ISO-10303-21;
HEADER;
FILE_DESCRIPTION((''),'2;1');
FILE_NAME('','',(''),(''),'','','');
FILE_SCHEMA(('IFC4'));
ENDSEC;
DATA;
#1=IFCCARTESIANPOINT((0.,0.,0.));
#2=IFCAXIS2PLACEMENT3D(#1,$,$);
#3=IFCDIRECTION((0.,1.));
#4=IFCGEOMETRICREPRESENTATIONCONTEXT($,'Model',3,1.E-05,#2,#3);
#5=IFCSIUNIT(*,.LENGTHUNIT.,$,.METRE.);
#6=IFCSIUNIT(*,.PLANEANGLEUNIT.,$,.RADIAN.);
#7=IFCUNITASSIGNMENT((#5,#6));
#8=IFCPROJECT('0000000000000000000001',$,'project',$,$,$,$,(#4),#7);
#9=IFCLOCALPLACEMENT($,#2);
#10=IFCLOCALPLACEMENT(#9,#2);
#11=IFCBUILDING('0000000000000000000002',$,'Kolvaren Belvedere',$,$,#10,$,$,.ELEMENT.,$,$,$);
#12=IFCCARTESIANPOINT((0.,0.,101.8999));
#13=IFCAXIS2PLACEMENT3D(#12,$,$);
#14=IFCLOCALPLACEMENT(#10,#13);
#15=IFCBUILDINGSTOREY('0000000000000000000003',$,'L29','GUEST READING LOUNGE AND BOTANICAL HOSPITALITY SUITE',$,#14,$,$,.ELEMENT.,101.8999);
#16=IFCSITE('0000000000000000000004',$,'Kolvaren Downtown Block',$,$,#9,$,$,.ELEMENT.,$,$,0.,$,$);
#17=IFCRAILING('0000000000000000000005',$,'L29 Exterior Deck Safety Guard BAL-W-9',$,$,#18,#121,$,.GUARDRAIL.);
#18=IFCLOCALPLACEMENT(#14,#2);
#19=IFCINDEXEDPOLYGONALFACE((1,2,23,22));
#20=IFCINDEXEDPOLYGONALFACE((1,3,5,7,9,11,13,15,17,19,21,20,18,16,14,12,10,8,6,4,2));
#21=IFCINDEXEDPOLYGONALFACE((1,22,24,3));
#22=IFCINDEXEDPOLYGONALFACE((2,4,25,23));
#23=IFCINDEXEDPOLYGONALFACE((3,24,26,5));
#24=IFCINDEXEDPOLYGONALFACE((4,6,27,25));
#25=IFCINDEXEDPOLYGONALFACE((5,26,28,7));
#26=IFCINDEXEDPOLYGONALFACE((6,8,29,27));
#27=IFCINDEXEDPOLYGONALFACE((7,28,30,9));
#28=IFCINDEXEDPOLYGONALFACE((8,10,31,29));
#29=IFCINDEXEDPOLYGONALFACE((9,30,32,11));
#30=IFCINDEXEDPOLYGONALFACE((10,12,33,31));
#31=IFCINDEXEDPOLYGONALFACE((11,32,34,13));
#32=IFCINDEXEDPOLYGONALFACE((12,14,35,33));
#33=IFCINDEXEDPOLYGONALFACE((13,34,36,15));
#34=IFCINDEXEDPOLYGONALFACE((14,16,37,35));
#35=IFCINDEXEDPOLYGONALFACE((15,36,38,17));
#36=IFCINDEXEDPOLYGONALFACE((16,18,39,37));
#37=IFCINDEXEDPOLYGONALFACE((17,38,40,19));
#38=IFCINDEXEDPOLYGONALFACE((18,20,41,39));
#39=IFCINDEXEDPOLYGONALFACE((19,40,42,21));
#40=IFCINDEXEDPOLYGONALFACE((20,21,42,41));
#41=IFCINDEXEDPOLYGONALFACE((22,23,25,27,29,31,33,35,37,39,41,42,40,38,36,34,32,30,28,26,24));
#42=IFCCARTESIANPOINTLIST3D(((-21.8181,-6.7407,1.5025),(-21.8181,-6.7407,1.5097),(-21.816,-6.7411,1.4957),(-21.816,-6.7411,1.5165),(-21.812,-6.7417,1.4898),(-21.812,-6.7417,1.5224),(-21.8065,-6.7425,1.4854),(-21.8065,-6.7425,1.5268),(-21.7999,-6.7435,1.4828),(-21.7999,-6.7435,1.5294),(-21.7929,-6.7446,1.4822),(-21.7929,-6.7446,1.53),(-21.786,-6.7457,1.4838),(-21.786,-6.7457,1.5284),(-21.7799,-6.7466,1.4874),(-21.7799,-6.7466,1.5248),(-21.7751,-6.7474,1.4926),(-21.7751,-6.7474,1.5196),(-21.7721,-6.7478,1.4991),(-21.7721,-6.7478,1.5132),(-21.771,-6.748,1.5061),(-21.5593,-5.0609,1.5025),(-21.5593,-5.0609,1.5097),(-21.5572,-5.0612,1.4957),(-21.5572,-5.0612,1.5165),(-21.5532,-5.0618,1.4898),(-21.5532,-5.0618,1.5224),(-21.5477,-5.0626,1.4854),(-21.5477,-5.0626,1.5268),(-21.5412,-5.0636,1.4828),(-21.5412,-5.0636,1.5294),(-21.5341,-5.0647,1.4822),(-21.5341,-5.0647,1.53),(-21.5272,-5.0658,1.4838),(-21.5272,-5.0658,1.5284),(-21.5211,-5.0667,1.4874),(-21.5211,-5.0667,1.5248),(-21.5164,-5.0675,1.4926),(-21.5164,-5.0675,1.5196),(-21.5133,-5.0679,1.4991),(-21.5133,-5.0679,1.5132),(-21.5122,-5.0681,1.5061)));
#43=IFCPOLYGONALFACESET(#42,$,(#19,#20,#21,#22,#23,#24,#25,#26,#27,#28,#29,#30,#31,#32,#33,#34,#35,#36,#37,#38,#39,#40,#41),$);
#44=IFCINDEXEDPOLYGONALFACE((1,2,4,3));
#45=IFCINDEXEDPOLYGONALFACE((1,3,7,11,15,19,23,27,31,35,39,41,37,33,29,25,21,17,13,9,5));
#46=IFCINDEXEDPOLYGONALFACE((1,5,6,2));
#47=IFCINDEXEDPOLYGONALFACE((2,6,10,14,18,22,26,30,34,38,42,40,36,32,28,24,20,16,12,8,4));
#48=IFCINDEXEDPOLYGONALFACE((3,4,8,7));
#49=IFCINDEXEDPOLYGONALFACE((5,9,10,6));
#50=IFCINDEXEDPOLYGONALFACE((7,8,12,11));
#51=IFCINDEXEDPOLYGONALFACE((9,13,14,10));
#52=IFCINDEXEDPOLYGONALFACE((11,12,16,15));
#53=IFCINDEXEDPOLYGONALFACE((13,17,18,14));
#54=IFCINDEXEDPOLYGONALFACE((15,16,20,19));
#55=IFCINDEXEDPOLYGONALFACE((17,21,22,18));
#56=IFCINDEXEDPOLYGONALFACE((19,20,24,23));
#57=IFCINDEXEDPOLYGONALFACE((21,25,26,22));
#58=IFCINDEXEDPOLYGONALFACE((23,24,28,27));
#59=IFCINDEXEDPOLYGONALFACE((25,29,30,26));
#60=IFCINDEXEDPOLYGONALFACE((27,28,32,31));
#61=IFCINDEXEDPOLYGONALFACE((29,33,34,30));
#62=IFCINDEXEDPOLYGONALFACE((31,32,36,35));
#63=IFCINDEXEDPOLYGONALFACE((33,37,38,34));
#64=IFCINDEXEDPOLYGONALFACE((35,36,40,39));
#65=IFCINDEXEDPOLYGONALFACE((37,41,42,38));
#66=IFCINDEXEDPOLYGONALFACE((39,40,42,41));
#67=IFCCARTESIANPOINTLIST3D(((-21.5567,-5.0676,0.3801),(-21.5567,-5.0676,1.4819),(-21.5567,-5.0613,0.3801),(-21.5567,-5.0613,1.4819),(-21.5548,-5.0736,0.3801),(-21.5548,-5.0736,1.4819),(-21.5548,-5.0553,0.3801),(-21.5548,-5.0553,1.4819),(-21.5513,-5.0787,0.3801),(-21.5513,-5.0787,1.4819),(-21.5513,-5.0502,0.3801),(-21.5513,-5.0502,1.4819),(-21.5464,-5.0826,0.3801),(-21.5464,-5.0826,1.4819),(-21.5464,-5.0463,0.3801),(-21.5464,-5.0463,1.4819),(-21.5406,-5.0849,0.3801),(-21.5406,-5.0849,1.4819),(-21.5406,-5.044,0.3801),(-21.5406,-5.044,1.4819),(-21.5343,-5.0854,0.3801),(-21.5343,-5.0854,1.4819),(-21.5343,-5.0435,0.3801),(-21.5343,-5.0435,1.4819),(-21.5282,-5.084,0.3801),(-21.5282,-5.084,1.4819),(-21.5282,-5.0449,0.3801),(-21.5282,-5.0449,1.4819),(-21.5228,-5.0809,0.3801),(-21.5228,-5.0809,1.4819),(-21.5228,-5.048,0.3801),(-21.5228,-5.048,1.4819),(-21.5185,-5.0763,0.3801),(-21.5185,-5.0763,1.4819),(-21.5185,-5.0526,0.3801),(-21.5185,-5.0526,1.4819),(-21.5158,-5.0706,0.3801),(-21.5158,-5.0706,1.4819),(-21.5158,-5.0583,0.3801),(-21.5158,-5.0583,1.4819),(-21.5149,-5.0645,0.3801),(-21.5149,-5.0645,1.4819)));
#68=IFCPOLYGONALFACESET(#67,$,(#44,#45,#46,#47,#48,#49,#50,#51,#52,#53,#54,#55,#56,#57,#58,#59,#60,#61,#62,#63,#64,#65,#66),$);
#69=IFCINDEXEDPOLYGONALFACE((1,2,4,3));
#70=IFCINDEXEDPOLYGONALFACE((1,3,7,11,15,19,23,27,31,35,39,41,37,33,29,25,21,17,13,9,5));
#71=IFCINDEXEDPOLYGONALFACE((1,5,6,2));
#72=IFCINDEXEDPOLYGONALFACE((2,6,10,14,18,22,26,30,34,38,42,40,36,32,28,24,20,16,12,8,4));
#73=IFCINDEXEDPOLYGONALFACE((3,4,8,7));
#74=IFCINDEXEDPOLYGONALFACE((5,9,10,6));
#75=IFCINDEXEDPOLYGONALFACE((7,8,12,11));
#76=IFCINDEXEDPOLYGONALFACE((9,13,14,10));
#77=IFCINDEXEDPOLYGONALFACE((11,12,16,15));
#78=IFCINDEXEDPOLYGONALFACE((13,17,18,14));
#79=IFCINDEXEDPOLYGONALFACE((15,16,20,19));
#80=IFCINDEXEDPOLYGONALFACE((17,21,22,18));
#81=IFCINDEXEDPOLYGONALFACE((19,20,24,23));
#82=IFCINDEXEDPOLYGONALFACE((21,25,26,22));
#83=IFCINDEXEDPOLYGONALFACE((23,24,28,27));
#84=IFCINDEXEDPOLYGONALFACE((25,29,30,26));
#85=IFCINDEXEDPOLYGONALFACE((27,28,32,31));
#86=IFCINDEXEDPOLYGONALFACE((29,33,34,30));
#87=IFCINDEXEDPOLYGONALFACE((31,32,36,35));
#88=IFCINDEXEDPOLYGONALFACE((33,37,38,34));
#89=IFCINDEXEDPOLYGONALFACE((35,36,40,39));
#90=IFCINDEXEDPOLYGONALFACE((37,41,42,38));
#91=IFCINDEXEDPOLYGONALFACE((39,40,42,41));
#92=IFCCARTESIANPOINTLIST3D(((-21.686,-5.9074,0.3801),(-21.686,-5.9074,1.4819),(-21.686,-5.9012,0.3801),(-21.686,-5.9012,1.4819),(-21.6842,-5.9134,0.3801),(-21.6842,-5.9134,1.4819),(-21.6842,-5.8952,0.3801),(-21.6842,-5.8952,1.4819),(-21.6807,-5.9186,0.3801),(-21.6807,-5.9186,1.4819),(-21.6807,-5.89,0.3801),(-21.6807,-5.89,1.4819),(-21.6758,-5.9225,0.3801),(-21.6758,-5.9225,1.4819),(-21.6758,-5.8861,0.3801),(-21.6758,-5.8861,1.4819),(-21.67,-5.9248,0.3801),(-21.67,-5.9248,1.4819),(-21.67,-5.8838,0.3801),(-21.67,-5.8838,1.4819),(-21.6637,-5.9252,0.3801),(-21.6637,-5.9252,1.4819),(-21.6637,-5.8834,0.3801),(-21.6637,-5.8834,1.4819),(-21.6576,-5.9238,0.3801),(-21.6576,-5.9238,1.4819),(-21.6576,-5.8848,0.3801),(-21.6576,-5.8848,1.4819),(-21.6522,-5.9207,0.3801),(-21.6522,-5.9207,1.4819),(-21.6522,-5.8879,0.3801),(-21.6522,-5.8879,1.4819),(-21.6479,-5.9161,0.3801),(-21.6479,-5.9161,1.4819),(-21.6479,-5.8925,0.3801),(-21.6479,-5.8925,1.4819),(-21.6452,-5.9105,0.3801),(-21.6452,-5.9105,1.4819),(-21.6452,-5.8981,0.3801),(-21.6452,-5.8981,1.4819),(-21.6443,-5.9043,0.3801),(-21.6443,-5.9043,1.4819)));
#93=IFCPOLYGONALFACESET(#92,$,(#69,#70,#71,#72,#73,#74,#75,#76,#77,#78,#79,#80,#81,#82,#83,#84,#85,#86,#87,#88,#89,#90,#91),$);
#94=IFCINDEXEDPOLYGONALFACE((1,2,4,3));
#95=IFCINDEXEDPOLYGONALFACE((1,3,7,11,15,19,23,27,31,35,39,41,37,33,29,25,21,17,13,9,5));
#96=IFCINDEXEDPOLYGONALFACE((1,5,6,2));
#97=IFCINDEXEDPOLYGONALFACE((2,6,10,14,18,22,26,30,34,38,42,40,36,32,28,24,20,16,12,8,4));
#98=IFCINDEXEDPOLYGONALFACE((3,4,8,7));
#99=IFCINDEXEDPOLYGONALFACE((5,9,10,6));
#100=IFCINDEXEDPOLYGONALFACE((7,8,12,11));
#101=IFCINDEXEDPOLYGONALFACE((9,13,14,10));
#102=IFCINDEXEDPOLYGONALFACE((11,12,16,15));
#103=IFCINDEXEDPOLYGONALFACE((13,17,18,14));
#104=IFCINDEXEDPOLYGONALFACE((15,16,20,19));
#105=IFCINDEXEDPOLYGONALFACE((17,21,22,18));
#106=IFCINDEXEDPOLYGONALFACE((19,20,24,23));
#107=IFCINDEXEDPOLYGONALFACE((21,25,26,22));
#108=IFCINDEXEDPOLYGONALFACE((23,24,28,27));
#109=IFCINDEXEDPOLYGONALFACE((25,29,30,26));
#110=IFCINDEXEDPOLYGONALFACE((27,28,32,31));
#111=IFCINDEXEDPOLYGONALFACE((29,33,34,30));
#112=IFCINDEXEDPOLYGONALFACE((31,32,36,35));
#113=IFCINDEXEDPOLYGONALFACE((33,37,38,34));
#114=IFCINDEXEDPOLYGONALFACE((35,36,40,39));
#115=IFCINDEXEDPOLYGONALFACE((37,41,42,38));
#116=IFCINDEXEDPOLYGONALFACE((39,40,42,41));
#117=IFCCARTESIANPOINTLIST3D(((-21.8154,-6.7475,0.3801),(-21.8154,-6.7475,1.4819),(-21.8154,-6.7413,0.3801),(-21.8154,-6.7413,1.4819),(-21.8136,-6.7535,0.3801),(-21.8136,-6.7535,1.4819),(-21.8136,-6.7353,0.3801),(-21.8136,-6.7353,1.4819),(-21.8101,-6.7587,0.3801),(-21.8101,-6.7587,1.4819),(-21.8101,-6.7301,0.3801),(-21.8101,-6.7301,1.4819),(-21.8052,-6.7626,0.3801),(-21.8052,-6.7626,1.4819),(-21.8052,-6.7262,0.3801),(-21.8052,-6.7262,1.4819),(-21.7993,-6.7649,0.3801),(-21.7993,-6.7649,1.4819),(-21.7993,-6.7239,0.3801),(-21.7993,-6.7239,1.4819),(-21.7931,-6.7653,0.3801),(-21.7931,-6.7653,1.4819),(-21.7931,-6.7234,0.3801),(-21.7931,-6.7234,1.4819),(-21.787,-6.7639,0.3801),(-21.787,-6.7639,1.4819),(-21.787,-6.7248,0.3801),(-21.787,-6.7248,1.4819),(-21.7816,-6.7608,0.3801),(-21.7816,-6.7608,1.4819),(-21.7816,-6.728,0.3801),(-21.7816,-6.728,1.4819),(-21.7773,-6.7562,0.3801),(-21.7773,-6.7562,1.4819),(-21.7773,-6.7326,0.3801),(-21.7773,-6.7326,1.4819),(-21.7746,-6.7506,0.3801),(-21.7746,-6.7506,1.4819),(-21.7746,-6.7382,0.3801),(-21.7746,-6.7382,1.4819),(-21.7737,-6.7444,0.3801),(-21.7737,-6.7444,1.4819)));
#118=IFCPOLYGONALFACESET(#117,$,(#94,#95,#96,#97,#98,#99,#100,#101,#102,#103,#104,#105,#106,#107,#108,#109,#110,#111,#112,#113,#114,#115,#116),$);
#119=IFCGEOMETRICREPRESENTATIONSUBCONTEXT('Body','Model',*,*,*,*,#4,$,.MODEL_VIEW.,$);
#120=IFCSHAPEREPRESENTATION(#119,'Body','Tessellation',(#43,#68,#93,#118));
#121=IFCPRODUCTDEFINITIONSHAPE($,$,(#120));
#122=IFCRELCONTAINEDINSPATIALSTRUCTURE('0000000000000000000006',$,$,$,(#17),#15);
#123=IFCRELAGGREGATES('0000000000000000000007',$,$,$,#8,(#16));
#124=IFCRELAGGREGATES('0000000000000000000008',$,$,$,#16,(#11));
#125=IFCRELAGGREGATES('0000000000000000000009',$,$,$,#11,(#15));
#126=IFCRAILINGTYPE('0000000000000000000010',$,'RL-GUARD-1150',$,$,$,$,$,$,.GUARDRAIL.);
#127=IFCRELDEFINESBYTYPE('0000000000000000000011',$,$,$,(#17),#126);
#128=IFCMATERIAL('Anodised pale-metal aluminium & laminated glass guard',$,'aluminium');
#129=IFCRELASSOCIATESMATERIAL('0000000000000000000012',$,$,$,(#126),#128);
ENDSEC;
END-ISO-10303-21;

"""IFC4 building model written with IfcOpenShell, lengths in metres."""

from ifc_helpers import new_model, si_unit, direction, frame, origin, origin_2d, place, context, subcontext, project, spatial, circle, extrude, material, type_object, element, save


model = new_model("IFC4")

# Units and contexts
model_context = context("Model", 3, precision=1e-05, world=origin(), true_north=direction((0.0, 1.0)))
body_context = subcontext(model_context, "Body", "Model", "MODEL_VIEW")
ifc_project = project(units=[si_unit("LENGTHUNIT", "METRE"), si_unit("PLANEANGLEUNIT", "RADIAN")], contexts=[model_context])

# Site, building, storey
site_placement = place(None, origin())
site = spatial("IfcSite", under=ifc_project, at=site_placement, Name="Kolvaren Downtown Block", CompositionType="ELEMENT", RefElevation=0.0)
building_placement = place(site_placement, origin())
building = spatial("IfcBuilding", under=site, at=building_placement, Name="Kolvaren Belvedere", CompositionType="ELEMENT")
storey_placement = place(building_placement, frame((0.0, 0.0, 101.8999)))
storey = spatial("IfcBuildingStorey", under=building, at=storey_placement, Name="L29", Description="GUEST READING LOUNGE AND BOTANICAL HOSPITALITY SUITE", CompositionType="ELEMENT", Elevation=101.8999)

# Railing
ifc_material_1 = material(Name="Anodised pale-metal aluminium & laminated glass guard", Category="aluminium")
railing_type = type_object("IfcRailingType", Name="RL-GUARD-1150", PredefinedType="GUARDRAIL", material=ifc_material_1)
railing_1_placement = place(storey_placement, frame((-21.5359, -5.0645, 0.3801)))
element("IfcRailing", 1, at=railing_1_placement, inside=storey, type_object=railing_type, Name="L29 Exterior Deck Safety Guard BAL-W-9", PredefinedType="GUARDRAIL", context=body_context, shape_type="SweptSolid", body=[
    extrude(circle(Radius=0.0239, at=origin_2d()), frame((0.0, 0.0, 1.126), z_axis=(-0.152251, -0.988342, 0.0), x_axis=(0.988342, -0.152251, 0.0)), (0.0, 0.0, 1.0), 1.6997),
    extrude(circle(Radius=0.021, at=origin_2d()), origin(), (0.0, 0.0, 1.0), 1.1018),
    extrude(circle(Radius=0.021, at=origin_2d()), frame((-0.1294, -0.8398, 0.0)), (0.0, 0.0, 1.0), 1.1018),
    extrude(circle(Radius=0.021, at=origin_2d()), frame((-0.2588, -1.6799, 0.0)), (0.0, 0.0, 1.0), 1.1018),
])

save(model, "model.ifc")
